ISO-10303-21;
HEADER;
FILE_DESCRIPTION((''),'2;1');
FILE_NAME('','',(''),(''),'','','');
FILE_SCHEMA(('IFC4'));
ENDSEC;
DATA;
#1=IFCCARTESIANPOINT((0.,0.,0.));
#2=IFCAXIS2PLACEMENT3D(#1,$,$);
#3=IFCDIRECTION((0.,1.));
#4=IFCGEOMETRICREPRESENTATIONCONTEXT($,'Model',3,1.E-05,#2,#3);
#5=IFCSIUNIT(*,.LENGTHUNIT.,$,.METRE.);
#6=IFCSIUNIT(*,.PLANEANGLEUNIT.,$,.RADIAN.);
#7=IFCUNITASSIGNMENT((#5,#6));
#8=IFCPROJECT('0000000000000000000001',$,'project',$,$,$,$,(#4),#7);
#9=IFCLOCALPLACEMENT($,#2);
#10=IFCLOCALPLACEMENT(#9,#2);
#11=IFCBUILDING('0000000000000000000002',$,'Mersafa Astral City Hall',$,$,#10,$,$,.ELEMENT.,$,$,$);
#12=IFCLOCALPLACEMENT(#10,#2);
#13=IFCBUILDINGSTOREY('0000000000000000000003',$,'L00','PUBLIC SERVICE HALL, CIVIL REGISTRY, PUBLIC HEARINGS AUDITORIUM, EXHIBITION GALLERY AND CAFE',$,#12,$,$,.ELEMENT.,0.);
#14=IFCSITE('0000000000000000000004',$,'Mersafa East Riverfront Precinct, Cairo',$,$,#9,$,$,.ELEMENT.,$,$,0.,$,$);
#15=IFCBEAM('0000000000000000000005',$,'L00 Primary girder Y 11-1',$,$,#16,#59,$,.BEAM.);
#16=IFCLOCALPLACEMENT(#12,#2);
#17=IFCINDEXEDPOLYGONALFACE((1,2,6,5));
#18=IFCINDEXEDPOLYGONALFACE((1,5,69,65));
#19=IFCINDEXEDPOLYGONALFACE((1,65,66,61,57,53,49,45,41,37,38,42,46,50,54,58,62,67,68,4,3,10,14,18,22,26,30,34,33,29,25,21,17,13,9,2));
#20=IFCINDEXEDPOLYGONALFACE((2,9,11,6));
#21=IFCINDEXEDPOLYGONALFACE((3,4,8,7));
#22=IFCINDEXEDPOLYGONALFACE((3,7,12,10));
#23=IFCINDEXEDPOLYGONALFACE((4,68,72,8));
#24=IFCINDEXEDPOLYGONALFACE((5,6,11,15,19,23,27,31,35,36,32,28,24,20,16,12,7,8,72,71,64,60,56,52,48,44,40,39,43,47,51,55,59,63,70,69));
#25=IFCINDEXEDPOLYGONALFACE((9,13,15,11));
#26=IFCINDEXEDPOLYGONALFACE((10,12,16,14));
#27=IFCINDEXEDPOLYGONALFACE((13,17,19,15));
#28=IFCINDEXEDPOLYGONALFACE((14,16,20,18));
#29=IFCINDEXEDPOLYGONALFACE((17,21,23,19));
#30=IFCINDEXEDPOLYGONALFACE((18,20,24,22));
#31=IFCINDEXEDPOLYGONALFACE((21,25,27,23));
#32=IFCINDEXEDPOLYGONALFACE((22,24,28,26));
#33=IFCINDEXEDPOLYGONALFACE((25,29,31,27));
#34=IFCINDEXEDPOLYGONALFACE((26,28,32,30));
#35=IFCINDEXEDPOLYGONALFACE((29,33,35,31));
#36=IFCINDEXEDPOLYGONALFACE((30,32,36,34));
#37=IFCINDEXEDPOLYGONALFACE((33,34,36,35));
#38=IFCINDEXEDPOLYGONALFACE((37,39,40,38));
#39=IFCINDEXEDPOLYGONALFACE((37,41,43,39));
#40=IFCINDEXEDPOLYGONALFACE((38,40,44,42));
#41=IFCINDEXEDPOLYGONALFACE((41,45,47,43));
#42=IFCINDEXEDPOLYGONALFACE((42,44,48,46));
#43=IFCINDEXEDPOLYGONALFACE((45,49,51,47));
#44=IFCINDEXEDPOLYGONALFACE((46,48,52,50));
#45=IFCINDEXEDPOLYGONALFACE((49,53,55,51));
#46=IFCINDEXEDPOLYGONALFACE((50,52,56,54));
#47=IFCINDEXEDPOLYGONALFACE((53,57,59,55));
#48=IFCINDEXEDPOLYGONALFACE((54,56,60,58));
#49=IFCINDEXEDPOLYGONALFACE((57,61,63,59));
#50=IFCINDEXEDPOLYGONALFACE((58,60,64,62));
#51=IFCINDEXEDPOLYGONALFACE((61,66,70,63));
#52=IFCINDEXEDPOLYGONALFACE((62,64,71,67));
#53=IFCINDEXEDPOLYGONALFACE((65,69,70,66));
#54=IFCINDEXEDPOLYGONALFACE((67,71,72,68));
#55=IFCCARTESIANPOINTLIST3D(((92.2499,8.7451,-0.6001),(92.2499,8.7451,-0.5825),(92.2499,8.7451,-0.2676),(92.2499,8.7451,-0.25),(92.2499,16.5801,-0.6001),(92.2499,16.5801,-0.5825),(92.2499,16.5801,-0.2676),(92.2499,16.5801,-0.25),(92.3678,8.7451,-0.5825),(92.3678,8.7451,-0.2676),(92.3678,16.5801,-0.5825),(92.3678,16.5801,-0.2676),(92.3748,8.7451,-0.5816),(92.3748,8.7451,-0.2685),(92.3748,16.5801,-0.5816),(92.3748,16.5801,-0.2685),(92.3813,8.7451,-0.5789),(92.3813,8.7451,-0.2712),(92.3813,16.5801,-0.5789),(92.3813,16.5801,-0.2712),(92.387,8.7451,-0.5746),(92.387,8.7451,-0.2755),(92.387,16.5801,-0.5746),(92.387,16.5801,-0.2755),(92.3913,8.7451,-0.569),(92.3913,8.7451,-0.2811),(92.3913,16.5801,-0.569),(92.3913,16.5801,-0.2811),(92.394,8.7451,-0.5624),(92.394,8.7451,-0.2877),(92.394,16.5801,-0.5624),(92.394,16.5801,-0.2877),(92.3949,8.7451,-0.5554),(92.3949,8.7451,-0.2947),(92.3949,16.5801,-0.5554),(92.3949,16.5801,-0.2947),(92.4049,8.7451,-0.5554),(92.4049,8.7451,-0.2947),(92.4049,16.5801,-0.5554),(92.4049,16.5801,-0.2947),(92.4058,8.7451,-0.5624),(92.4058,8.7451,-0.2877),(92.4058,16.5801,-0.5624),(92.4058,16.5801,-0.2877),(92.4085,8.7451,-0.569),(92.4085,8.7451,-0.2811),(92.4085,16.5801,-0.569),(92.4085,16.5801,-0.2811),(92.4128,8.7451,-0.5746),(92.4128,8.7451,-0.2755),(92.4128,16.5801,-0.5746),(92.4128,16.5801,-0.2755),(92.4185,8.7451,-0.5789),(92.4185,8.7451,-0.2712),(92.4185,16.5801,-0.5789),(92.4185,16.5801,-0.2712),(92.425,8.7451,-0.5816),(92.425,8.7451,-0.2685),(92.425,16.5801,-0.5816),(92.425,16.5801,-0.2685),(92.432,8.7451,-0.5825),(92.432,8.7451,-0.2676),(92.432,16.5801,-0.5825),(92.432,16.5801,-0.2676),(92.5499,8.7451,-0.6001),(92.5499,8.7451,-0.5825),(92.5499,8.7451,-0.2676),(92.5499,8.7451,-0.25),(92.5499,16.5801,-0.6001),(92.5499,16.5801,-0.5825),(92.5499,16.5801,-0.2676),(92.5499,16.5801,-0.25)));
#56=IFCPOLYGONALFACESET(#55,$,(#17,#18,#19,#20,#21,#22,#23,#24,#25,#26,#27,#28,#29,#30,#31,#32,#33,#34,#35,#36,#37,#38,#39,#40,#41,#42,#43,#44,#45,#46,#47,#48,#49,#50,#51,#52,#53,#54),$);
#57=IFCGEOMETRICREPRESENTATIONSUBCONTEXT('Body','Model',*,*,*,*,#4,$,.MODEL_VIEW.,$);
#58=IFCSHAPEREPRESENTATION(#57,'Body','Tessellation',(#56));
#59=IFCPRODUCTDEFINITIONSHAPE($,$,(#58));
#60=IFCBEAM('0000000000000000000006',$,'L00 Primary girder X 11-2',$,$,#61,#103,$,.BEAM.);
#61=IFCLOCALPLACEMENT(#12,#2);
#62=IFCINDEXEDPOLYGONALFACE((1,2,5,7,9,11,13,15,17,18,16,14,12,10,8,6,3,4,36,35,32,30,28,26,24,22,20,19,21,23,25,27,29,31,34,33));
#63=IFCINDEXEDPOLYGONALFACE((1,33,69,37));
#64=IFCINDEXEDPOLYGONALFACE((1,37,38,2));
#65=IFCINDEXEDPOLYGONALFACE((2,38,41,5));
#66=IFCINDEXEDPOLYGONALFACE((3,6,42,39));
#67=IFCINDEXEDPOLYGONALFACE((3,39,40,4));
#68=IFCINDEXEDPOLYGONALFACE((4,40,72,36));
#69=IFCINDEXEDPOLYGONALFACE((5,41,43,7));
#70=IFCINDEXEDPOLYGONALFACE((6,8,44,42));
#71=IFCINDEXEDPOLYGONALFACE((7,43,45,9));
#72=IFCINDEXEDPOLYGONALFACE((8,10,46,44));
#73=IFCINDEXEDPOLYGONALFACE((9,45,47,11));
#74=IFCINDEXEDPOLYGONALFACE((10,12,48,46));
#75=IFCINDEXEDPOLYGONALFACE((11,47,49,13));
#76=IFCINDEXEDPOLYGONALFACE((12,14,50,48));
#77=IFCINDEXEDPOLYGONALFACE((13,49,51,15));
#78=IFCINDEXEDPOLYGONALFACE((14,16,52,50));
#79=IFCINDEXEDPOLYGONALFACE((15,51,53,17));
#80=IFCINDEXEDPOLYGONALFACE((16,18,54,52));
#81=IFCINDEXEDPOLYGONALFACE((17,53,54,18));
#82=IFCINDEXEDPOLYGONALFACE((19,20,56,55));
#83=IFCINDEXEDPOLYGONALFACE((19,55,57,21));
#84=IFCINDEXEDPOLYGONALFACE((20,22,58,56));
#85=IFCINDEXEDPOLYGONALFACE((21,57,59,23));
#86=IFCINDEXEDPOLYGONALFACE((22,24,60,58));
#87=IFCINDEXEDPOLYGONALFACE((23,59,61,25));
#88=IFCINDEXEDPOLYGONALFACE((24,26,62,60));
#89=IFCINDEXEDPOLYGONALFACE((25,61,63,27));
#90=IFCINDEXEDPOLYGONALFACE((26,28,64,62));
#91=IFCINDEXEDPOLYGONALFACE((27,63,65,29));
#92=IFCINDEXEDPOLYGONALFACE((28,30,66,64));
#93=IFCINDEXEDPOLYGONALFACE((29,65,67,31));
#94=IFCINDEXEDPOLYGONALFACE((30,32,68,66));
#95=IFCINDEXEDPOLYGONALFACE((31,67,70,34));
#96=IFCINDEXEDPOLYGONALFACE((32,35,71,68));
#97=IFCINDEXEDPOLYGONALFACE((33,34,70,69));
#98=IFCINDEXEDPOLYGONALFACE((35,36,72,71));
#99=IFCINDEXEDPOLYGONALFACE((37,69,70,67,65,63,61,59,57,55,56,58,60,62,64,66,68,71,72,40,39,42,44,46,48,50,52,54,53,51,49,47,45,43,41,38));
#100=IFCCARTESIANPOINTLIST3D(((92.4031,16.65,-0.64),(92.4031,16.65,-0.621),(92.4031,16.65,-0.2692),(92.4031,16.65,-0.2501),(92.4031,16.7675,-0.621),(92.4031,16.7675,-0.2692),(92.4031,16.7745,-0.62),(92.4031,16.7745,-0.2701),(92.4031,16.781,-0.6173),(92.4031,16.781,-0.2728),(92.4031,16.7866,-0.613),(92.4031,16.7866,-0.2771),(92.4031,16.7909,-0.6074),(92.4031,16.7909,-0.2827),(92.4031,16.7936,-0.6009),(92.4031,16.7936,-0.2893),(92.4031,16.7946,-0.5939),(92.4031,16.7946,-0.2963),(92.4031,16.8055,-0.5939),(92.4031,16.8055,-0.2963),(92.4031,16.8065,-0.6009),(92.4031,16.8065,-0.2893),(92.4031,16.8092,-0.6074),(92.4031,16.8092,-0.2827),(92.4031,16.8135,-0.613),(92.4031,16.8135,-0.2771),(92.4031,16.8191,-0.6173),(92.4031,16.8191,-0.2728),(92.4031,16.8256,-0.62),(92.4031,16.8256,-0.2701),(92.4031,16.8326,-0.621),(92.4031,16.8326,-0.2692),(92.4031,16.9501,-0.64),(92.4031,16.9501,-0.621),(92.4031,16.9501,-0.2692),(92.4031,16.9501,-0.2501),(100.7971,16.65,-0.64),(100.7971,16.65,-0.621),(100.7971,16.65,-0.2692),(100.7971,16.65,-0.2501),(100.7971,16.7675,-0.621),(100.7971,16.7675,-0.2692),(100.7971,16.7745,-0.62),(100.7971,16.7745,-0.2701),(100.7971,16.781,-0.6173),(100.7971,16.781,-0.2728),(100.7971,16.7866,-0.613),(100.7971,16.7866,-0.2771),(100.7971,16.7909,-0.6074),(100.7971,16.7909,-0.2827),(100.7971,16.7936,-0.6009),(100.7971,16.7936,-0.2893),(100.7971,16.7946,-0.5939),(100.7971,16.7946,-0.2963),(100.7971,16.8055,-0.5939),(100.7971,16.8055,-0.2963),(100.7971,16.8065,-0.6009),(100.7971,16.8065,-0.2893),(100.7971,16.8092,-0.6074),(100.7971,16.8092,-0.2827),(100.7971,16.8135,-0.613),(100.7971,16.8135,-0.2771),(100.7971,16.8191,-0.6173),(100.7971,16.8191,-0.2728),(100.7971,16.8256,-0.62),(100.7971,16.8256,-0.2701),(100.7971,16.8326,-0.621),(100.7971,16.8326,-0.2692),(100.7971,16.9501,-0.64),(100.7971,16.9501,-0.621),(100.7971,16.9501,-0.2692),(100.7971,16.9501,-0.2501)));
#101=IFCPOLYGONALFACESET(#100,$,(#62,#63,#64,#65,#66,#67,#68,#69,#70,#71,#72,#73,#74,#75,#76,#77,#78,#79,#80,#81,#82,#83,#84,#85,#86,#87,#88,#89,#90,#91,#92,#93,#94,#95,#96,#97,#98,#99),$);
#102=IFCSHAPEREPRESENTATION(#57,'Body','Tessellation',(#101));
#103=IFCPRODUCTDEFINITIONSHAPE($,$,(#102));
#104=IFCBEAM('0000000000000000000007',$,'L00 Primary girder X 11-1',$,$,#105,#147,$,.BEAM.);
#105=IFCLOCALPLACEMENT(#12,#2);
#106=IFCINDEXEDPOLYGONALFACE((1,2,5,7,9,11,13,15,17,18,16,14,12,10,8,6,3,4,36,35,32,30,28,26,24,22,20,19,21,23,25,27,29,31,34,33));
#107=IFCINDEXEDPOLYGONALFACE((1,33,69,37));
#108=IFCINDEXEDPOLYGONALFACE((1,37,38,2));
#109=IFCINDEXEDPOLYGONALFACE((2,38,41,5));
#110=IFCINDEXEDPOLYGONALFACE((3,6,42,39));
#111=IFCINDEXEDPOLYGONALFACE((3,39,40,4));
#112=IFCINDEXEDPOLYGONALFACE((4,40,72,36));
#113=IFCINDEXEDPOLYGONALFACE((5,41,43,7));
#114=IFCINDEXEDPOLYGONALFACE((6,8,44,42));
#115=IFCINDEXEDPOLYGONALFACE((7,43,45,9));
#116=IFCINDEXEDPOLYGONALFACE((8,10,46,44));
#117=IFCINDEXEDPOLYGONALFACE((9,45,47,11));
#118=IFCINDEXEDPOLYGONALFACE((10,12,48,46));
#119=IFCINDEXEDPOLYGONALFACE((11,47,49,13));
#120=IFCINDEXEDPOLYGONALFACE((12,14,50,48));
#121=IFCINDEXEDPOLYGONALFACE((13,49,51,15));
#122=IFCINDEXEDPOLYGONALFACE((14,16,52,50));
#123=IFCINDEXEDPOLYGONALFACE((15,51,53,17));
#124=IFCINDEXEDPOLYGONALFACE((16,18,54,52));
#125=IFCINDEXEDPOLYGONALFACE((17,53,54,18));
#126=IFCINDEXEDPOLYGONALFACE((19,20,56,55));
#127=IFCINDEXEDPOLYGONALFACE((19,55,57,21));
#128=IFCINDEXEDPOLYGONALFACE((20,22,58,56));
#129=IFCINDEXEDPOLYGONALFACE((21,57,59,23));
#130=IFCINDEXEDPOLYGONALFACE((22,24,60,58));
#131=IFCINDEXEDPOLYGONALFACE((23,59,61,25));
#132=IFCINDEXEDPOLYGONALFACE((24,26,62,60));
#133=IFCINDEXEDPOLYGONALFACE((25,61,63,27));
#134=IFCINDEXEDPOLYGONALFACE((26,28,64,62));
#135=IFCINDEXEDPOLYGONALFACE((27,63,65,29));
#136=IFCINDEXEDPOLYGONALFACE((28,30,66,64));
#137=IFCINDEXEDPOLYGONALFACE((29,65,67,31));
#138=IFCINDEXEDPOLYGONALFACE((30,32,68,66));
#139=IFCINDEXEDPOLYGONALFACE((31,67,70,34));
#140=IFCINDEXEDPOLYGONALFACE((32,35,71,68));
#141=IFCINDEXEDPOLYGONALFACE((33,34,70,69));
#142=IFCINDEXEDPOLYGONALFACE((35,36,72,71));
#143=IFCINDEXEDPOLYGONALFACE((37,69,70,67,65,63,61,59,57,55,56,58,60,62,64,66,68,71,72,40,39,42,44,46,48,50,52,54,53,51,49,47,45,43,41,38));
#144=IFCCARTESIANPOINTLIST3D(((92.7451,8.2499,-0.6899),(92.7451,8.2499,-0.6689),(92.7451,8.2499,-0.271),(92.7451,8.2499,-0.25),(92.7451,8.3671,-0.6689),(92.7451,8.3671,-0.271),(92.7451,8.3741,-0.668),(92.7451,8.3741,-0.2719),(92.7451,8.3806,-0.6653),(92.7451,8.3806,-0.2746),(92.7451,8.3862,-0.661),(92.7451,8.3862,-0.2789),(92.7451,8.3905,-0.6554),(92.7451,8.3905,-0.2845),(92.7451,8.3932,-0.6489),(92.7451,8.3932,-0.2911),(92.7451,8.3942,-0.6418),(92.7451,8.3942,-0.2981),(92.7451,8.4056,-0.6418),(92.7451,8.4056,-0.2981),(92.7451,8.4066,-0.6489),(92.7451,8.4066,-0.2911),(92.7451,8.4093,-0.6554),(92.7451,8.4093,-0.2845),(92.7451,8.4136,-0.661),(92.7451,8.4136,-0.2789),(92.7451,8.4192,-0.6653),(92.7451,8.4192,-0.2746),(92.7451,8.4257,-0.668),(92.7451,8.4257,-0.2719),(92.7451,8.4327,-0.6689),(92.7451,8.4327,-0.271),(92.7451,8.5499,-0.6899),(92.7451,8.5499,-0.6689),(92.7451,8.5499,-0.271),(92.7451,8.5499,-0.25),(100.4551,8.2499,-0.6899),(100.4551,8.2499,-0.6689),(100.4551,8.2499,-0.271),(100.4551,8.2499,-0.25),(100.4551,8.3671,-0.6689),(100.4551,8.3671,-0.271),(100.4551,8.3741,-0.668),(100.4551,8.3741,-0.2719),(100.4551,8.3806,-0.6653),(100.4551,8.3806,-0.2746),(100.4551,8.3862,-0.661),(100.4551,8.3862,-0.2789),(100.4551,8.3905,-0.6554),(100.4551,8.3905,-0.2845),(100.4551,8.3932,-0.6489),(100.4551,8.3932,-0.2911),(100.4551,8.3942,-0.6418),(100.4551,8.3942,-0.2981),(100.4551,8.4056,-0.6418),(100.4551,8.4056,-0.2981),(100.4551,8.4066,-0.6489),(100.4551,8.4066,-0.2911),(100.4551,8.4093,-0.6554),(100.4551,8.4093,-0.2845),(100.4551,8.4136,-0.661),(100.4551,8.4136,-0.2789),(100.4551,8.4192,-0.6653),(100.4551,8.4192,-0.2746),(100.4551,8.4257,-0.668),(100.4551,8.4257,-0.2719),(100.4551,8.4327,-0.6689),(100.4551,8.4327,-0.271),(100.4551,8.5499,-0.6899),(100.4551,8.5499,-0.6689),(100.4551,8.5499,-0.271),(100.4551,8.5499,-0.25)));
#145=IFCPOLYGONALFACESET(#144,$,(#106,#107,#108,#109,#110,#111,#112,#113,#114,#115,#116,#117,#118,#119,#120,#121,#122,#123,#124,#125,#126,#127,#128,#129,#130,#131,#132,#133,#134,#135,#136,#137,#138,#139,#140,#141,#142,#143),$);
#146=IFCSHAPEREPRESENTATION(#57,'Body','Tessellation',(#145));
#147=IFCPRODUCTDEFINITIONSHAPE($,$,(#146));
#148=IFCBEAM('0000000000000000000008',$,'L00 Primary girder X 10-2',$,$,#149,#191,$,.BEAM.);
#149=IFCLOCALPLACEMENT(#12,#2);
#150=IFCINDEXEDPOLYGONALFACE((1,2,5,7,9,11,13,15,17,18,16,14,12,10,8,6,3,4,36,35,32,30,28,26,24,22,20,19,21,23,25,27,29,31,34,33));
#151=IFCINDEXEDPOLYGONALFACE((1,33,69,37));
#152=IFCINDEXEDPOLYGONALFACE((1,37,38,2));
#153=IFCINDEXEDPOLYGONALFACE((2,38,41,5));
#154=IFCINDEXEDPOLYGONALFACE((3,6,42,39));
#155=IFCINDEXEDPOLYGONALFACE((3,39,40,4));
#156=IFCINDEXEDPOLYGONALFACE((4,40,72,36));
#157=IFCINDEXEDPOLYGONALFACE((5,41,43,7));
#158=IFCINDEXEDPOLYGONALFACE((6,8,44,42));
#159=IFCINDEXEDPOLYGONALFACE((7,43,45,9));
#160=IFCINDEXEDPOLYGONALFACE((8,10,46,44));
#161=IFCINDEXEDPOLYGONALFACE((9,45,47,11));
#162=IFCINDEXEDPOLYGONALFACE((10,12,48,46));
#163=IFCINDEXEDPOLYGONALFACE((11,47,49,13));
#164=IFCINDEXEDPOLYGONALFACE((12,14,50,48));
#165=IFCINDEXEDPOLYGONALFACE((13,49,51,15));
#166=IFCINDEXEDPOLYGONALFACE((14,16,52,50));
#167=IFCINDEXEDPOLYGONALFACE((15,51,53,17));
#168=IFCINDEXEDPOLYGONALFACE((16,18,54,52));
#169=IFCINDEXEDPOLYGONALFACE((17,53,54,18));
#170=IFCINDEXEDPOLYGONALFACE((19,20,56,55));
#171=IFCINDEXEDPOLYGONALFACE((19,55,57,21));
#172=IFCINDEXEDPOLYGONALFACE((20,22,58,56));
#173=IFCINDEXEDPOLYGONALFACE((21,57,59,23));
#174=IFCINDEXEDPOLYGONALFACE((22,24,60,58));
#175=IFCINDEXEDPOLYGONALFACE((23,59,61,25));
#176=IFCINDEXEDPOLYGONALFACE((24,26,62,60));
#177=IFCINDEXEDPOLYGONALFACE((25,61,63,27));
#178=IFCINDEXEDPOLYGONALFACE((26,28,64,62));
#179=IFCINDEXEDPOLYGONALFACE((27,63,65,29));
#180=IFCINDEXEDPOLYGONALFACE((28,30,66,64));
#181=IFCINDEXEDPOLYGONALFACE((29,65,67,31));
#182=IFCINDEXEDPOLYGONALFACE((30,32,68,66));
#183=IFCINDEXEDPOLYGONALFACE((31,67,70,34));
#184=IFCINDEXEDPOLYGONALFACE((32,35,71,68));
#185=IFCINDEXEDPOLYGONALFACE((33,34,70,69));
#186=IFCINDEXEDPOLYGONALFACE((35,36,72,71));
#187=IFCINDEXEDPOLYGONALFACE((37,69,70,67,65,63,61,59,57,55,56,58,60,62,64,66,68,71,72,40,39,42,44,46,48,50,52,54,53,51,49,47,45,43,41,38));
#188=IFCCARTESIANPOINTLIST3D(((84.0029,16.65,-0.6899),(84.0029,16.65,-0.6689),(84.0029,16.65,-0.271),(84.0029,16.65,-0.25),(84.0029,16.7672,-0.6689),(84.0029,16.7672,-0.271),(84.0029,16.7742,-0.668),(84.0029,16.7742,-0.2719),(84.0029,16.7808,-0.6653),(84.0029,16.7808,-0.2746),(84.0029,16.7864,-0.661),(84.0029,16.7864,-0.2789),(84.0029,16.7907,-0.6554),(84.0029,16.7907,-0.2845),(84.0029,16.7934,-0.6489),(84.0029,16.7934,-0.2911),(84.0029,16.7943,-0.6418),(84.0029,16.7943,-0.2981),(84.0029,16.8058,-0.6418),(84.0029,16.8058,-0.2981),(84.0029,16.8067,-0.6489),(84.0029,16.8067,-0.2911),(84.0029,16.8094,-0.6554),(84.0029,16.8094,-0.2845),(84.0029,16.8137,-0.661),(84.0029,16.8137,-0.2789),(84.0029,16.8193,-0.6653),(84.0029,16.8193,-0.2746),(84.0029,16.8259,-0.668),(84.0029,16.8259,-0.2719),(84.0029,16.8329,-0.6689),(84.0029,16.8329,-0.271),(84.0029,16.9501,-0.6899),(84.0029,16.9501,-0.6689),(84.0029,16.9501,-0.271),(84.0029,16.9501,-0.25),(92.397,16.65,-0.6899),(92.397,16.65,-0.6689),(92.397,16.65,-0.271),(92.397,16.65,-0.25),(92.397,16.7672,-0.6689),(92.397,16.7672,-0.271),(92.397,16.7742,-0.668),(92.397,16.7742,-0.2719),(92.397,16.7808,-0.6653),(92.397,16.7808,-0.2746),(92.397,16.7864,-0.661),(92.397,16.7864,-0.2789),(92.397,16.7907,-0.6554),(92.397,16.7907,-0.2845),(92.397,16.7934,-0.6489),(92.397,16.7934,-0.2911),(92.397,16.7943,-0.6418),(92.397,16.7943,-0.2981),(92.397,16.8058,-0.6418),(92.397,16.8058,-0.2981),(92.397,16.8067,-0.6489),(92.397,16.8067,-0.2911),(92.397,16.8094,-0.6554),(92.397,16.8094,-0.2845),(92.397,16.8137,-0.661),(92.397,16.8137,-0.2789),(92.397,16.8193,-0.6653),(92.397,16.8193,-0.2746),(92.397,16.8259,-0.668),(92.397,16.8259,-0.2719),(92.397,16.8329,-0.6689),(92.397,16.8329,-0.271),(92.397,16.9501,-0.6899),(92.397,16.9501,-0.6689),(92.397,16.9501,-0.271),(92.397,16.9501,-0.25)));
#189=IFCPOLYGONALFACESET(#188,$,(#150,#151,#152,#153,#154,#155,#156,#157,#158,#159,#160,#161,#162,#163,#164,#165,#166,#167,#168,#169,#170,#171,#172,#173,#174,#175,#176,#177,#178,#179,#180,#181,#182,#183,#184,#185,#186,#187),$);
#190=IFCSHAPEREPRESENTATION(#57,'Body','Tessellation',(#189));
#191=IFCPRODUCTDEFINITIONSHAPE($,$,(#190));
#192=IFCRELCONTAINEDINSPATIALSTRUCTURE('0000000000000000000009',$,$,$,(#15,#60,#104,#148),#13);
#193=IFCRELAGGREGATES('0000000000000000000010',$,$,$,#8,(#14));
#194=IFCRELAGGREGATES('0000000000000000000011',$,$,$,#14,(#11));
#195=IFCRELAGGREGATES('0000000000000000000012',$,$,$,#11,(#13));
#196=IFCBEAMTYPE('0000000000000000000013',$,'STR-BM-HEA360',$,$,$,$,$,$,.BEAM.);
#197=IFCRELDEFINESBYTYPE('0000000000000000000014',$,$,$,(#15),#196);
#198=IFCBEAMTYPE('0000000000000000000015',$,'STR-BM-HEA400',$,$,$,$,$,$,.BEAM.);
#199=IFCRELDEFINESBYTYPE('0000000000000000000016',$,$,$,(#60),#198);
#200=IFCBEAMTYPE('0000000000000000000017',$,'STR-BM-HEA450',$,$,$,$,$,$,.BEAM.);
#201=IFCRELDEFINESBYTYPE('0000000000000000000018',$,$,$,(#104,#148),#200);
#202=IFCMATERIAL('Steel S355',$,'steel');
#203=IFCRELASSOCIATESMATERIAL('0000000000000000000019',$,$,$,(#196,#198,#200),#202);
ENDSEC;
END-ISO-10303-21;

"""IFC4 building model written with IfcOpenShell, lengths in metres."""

from ifc_helpers import new_model, si_unit, direction, frame, origin, origin_2d, place, context, subcontext, project, spatial, i_section, extrude, material, material_profile, profile_set, type_object, element, save


model = new_model("IFC4")

# Units and contexts
model_context = context("Model", 3, precision=1e-05, world=origin(), true_north=direction((0.0, 1.0)))
body_context = subcontext(model_context, "Body", "Model", "MODEL_VIEW")
ifc_project = project(units=[si_unit("LENGTHUNIT", "METRE"), si_unit("PLANEANGLEUNIT", "RADIAN")], contexts=[model_context])

# Site, building, storey
site_placement = place(None, origin())
site = spatial("IfcSite", under=ifc_project, at=site_placement, Name="Mersafa East Riverfront Precinct, Cairo", CompositionType="ELEMENT", RefElevation=0.0)
building_placement = place(site_placement, origin())
building = spatial("IfcBuilding", under=site, at=building_placement, Name="Mersafa Astral City Hall", CompositionType="ELEMENT")
storey_placement = place(building_placement, origin())
storey = spatial("IfcBuildingStorey", under=building, at=storey_placement, Name="L00", Description="PUBLIC SERVICE HALL, CIVIL REGISTRY, PUBLIC HEARINGS AUDITORIUM, EXHIBITION GALLERY AND CAFE", CompositionType="ELEMENT", Elevation=0.0)

# Shared definitions
ifc_material_1 = material(Name="Steel S355", Category="steel")

# Beams
ifc_material_profile_1 = material_profile(ifc_material_1, i_section(OverallWidth=0.3, OverallDepth=0.3501, WebThickness=0.01, FlangeThickness=0.0176, FilletRadius=0.0271, at=origin_2d()), Name="HEA 360")
ifc_profile_set_1 = profile_set([ifc_material_profile_1], Name="Steel S355")
beam_type_1 = type_object("IfcBeamType", Name="STR-BM-HEA360", PredefinedType="BEAM", material=ifc_profile_set_1)
beam_1_placement = place(storey_placement, frame((92.3999, 8.7451, -0.425), z_axis=(0.0, 1.0, 0.0), x_axis=(-1.0, 0.0, 0.0)))
element("IfcBeam", 1, at=beam_1_placement, inside=storey, type_object=beam_type_1, Name="L00 Primary girder Y 11-1", PredefinedType="BEAM", context=body_context, shape_type="SweptSolid", body=[
    extrude(i_section(OverallWidth=0.3, OverallDepth=0.3501, WebThickness=0.01, FlangeThickness=0.0176, FilletRadius=0.0271, at=origin_2d()), origin(), (0.0, 0.0, 1.0), 7.835),
])
ifc_material_profile_2 = material_profile(ifc_material_1, i_section(OverallWidth=0.3, OverallDepth=0.3899, WebThickness=0.011, FlangeThickness=0.019, FilletRadius=0.0271, at=origin_2d()), Name="HEA 400")
ifc_profile_set_2 = profile_set([ifc_material_profile_2], Name="Steel S355")
beam_type_2 = type_object("IfcBeamType", Name="STR-BM-HEA400", PredefinedType="BEAM", material=ifc_profile_set_2)
beam_2_placement = place(storey_placement, frame((92.4031, 16.8, -0.4451), z_axis=(1.0, 0.0, 0.0), x_axis=(0.0, 1.0, 0.0)))
element("IfcBeam", 2, at=beam_2_placement, inside=storey, type_object=beam_type_2, Name="L00 Primary girder X 11-2", PredefinedType="BEAM", context=body_context, shape_type="SweptSolid", body=[
    extrude(i_section(OverallWidth=0.3, OverallDepth=0.3899, WebThickness=0.011, FlangeThickness=0.019, FilletRadius=0.0271, at=origin_2d()), origin(), (0.0, 0.0, 1.0), 8.394),
])
ifc_material_profile_3 = material_profile(ifc_material_1, i_section(OverallWidth=0.3, OverallDepth=0.4399, WebThickness=0.0115, FlangeThickness=0.021, FilletRadius=0.0271, at=origin_2d()), Name="HEA 450")
ifc_profile_set_3 = profile_set([ifc_material_profile_3], Name="Steel S355")
beam_type_3 = type_object("IfcBeamType", Name="STR-BM-HEA450", PredefinedType="BEAM", material=ifc_profile_set_3)
beam_3_placement = place(storey_placement, frame((92.7451, 8.3999, -0.47), z_axis=(1.0, 0.0, 0.0), x_axis=(0.0, 1.0, 0.0)))
element("IfcBeam", 3, at=beam_3_placement, inside=storey, type_object=beam_type_3, Name="L00 Primary girder X 11-1", PredefinedType="BEAM", context=body_context, shape_type="SweptSolid", body=[
    extrude(i_section(OverallWidth=0.3, OverallDepth=0.4399, WebThickness=0.0115, FlangeThickness=0.021, FilletRadius=0.0271, at=origin_2d()), origin(), (0.0, 0.0, 1.0), 7.71),
])
beam_4_placement = place(storey_placement, frame((84.0029, 16.8, -0.47), z_axis=(1.0, 0.0, 0.0), x_axis=(0.0, 1.0, 0.0)))
element("IfcBeam", 4, at=beam_4_placement, inside=storey, type_object=beam_type_3, Name="L00 Primary girder X 10-2", PredefinedType="BEAM", context=body_context, shape_type="SweptSolid", body=[
    extrude(i_section(OverallWidth=0.3, OverallDepth=0.4399, WebThickness=0.0115, FlangeThickness=0.021, FilletRadius=0.0271, at=origin_2d()), origin(), (0.0, 0.0, 1.0), 8.394),
])

save(model, "model.ifc")
